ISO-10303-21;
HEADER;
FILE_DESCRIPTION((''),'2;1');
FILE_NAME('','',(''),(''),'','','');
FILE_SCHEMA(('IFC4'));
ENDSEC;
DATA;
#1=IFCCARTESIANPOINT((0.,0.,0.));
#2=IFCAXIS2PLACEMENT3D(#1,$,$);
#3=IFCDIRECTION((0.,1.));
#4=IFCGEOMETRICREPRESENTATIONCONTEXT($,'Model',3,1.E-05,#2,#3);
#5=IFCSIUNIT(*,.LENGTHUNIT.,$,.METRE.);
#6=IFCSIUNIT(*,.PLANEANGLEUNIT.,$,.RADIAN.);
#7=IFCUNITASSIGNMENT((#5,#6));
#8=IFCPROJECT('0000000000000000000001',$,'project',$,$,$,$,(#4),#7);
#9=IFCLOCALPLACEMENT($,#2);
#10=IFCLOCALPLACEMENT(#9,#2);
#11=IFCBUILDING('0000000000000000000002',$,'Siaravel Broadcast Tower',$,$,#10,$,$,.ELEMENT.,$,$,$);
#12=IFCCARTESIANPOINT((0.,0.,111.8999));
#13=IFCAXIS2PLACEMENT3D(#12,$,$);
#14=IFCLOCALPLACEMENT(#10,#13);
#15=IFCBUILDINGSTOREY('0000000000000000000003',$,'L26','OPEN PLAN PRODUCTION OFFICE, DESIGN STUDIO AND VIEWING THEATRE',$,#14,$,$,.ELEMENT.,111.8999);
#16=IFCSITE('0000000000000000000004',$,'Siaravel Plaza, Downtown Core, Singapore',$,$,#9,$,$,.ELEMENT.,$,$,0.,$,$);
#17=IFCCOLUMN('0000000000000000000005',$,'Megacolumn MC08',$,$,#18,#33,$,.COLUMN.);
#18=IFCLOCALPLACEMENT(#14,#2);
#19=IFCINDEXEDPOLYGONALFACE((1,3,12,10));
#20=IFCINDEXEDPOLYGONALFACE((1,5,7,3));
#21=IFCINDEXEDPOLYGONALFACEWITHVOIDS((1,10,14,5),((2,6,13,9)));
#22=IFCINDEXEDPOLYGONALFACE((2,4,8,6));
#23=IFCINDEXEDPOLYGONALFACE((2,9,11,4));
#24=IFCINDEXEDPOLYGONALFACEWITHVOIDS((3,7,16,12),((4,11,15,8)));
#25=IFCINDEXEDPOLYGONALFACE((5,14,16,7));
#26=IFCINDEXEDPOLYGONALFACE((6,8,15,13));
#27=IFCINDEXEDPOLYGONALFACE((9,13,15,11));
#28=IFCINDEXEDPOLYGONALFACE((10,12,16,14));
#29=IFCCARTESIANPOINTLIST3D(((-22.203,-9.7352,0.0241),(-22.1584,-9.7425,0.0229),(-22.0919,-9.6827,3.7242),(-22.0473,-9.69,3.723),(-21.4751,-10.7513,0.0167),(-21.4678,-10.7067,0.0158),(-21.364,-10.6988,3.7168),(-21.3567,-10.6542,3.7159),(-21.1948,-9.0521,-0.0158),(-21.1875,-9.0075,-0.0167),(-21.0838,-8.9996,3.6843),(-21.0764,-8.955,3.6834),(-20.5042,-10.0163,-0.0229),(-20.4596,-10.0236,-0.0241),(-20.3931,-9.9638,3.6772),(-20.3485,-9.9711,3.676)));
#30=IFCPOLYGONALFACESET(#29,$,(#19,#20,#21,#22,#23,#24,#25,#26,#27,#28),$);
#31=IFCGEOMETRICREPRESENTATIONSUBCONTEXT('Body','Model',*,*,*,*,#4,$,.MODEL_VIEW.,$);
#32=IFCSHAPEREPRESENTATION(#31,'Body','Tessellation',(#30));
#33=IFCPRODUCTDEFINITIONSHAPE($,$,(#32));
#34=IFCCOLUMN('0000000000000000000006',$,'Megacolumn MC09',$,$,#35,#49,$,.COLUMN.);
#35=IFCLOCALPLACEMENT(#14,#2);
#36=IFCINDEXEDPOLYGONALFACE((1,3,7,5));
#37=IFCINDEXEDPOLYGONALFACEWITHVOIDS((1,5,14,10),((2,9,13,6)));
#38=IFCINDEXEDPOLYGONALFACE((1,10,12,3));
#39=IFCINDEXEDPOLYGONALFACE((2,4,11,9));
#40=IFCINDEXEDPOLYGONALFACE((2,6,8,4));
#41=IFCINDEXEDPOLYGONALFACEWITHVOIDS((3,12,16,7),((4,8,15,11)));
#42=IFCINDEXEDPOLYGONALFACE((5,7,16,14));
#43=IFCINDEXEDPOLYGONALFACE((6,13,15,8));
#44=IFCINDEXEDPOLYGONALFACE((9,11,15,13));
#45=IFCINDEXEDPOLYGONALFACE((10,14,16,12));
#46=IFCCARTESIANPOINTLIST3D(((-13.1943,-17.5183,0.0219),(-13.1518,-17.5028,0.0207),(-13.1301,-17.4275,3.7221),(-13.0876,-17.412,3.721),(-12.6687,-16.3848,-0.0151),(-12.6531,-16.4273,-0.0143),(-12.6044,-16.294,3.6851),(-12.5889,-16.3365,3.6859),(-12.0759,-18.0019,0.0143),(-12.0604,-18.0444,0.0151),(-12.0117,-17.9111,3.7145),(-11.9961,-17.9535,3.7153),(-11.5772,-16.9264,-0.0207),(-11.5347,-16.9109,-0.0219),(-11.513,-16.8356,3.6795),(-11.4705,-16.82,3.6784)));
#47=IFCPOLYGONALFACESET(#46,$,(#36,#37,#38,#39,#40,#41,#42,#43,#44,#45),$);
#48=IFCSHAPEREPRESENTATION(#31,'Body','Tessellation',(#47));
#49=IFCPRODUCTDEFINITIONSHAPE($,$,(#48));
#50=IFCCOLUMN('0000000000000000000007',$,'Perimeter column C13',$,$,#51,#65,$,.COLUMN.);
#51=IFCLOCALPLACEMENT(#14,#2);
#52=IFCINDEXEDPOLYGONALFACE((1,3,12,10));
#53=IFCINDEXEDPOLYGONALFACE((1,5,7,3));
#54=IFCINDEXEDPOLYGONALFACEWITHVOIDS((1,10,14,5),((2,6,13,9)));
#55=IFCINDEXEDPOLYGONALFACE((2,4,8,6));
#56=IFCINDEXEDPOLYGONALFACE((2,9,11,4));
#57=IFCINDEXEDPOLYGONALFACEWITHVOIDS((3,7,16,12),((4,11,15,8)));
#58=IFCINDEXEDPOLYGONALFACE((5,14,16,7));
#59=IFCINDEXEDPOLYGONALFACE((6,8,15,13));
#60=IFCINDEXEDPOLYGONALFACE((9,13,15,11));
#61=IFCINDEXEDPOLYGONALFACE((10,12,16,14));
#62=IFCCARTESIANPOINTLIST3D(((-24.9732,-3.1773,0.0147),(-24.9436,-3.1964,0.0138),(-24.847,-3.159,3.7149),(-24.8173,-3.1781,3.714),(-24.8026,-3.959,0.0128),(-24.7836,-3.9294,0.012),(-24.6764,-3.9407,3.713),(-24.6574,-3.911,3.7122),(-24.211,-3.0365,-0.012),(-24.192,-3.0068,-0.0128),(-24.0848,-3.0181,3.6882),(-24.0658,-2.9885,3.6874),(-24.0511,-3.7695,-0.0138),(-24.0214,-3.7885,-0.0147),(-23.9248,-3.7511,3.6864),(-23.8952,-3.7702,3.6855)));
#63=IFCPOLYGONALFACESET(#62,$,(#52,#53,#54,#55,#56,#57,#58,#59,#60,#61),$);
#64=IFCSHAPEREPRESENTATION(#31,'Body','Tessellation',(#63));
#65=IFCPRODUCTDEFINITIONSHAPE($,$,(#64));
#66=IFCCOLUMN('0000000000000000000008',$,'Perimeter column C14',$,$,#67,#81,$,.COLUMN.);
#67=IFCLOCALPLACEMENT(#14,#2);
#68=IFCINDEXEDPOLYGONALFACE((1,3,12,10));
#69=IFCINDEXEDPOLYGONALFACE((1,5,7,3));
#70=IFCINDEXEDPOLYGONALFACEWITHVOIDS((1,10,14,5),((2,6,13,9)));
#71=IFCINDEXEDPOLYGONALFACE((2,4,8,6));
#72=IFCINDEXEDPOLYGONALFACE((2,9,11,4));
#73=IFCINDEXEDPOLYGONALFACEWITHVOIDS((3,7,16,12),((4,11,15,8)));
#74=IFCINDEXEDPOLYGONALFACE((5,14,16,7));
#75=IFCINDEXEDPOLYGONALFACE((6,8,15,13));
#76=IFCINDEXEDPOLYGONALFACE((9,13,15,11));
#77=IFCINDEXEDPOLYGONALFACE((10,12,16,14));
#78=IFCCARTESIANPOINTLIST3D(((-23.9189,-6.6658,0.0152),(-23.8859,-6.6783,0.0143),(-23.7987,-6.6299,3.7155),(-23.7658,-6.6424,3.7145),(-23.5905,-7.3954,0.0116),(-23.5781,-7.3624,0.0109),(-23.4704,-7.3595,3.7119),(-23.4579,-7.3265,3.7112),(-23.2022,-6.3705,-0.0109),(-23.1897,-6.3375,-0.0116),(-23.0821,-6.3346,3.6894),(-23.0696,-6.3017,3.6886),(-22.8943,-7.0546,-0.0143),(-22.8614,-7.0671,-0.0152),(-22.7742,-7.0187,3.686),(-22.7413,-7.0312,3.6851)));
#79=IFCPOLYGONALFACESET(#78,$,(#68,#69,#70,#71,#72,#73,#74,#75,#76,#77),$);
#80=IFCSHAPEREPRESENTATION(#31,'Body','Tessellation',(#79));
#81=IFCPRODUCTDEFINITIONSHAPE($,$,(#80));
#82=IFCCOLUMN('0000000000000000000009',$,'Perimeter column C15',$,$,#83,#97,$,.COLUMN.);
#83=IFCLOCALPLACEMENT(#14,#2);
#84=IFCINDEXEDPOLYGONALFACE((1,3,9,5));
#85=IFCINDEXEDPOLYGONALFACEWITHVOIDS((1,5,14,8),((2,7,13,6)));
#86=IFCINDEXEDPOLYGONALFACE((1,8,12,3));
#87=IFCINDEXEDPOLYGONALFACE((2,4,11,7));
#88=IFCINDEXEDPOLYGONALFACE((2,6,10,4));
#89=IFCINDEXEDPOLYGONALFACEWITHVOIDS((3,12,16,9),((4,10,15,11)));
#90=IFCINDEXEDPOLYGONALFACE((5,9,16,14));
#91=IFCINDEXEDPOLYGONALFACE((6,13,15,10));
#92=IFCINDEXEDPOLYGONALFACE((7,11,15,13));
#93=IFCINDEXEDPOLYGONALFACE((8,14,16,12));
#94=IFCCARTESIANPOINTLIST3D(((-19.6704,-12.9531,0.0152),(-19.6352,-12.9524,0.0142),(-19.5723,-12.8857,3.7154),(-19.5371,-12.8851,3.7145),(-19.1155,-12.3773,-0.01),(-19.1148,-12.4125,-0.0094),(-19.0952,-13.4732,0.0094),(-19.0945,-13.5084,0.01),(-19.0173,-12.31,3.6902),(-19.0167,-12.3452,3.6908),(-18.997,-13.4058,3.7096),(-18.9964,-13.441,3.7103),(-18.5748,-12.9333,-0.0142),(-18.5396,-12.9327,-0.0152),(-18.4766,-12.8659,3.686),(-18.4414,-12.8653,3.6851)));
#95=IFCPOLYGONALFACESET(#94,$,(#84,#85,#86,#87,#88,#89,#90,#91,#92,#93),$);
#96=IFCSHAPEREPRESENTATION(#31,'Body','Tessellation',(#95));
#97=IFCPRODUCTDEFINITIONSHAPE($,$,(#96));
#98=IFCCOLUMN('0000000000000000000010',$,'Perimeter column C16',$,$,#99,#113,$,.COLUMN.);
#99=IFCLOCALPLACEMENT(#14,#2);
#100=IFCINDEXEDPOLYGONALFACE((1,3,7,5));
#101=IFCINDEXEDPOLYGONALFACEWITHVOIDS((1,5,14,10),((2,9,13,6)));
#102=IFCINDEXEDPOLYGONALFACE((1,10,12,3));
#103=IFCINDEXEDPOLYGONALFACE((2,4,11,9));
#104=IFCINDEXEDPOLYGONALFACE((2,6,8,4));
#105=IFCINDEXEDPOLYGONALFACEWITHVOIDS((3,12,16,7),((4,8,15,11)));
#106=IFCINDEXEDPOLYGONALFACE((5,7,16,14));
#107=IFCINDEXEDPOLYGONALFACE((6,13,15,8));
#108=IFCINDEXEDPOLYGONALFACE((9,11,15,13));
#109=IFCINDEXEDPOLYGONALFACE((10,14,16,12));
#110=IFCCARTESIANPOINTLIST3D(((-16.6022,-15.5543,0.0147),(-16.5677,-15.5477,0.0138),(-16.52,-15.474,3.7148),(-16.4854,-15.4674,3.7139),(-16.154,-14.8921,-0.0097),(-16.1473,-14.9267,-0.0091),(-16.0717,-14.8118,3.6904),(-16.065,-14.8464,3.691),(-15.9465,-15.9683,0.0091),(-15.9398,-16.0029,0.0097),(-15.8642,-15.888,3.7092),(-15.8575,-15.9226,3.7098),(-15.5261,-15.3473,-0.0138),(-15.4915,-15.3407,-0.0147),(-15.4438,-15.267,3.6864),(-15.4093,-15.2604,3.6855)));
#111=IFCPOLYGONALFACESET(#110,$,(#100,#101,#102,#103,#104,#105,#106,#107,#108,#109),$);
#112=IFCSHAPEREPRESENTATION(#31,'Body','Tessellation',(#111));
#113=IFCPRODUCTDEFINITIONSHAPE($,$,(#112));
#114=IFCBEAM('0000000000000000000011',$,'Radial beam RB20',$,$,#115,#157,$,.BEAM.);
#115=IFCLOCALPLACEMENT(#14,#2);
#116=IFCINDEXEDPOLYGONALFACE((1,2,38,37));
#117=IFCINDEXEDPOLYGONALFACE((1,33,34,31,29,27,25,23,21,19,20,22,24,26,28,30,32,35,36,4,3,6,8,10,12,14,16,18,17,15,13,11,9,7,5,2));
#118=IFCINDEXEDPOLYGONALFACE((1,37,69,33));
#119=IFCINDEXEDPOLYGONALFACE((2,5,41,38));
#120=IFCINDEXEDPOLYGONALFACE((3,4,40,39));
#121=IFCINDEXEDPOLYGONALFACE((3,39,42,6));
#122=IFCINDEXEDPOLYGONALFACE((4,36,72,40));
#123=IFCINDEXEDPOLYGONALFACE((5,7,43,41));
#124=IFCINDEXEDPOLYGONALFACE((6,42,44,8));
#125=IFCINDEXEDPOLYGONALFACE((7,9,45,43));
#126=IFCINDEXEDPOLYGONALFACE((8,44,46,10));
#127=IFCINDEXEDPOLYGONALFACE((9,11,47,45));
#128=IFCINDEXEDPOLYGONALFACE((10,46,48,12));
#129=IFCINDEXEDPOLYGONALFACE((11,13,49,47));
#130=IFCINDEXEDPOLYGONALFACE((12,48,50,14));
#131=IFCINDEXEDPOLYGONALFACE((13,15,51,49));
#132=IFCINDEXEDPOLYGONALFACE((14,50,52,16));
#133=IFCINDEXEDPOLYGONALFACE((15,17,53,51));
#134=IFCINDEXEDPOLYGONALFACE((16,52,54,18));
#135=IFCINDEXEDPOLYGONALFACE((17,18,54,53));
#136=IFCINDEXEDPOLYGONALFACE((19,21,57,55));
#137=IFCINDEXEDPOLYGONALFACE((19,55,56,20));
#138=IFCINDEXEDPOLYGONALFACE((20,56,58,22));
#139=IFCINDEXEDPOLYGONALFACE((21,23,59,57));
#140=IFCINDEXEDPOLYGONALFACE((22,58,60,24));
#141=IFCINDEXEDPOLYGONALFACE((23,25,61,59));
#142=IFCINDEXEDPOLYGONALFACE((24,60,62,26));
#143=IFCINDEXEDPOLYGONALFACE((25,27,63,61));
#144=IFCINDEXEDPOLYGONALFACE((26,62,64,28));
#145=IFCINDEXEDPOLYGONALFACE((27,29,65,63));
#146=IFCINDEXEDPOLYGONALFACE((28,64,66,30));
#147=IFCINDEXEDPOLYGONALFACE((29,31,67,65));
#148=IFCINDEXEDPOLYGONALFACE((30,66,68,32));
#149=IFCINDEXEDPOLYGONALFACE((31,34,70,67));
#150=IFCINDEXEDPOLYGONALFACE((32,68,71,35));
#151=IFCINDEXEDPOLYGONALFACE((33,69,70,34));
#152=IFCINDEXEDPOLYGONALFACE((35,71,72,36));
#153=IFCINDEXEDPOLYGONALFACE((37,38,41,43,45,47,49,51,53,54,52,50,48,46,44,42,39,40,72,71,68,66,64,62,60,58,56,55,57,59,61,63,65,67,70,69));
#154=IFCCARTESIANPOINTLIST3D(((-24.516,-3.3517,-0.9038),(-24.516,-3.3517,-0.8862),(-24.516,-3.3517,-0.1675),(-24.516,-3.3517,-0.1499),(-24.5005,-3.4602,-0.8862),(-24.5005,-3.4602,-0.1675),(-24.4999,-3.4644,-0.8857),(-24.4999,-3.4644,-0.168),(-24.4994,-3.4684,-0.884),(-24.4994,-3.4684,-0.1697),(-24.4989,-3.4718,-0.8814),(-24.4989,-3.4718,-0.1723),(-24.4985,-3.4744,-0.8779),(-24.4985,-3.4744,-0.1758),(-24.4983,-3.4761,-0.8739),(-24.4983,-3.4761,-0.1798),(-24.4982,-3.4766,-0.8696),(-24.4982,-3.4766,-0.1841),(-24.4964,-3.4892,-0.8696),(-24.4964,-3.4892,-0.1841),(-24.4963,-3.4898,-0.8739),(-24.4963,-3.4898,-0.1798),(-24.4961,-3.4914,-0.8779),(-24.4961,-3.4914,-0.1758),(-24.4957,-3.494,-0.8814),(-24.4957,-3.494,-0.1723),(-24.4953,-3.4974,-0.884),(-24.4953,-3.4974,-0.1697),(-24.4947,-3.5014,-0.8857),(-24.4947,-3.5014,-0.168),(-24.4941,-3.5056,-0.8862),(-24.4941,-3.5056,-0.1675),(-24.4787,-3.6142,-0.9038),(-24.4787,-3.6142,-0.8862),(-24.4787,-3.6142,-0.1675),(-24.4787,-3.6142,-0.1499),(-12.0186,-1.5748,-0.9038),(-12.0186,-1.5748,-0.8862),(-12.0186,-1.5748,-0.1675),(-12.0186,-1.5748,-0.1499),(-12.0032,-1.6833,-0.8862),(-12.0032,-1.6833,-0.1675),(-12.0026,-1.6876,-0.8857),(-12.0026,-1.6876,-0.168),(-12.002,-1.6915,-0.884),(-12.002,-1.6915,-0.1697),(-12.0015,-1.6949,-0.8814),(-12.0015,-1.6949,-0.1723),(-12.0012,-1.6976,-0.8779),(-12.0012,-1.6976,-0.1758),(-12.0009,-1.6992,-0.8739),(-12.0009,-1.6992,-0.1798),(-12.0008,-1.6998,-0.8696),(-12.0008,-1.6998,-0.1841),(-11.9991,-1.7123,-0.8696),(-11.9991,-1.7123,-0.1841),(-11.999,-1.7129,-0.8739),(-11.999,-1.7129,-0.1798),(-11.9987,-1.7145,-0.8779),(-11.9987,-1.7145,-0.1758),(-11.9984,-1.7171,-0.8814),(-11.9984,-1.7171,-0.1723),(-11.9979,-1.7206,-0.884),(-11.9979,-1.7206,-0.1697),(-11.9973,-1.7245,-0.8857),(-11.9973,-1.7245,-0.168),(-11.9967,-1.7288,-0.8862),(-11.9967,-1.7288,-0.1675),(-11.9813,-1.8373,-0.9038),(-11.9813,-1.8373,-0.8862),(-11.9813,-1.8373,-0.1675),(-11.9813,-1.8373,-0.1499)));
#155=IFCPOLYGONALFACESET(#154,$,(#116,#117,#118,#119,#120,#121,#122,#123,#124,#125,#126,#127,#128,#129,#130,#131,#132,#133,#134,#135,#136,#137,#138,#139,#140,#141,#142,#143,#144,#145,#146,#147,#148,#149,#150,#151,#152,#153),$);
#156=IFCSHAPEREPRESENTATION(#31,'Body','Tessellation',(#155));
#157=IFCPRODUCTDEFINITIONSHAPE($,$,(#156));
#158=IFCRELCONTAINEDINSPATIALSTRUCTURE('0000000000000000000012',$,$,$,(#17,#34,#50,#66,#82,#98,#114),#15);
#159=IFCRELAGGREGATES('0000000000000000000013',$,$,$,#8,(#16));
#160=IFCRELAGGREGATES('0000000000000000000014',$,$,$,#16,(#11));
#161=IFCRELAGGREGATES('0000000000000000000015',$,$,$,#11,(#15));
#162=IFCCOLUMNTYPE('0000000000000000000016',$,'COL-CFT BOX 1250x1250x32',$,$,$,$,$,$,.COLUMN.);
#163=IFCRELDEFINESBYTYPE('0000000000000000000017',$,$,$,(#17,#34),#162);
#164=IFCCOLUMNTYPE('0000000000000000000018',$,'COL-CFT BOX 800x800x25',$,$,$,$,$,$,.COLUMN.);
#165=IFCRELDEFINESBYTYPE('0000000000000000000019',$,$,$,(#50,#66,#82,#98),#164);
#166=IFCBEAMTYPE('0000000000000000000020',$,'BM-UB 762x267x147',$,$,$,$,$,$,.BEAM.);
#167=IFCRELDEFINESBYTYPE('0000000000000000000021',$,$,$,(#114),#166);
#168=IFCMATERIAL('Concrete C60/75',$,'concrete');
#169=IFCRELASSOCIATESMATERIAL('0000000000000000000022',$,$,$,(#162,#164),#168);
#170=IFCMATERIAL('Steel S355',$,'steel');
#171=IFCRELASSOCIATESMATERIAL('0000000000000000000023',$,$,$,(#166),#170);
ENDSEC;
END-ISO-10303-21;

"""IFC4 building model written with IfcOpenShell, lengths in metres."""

from ifc_helpers import new_model, si_unit, direction, frame, origin, origin_2d, place, context, subcontext, project, spatial, hollow_rectangle, i_section, extrude, material, material_profile, profile_set, type_object, element, save


model = new_model("IFC4")

# Units and contexts
model_context = context("Model", 3, precision=1e-05, world=origin(), true_north=direction((0.0, 1.0)))
body_context = subcontext(model_context, "Body", "Model", "MODEL_VIEW")
ifc_project = project(units=[si_unit("LENGTHUNIT", "METRE"), si_unit("PLANEANGLEUNIT", "RADIAN")], contexts=[model_context])

# Site, building, storey
site_placement = place(None, origin())
site = spatial("IfcSite", under=ifc_project, at=site_placement, Name="Siaravel Plaza, Downtown Core, Singapore", CompositionType="ELEMENT", RefElevation=0.0)
building_placement = place(site_placement, origin())
building = spatial("IfcBuilding", under=site, at=building_placement, Name="Siaravel Broadcast Tower", CompositionType="ELEMENT")
storey_placement = place(building_placement, frame((0.0, 0.0, 111.8999)))
storey = spatial("IfcBuildingStorey", under=building, at=storey_placement, Name="L26", Description="OPEN PLAN PRODUCTION OFFICE, DESIGN STUDIO AND VIEWING THEATRE", CompositionType="ELEMENT", Elevation=111.8999)

# Columns
ifc_material_1 = material(Name="Concrete C60/75", Category="concrete")
ifc_material_profile_1 = material_profile(ifc_material_1, hollow_rectangle(XDim=1.25, YDim=1.25, WallThickness=0.032, at=origin_2d()))
ifc_profile_set_1 = profile_set([ifc_material_profile_1], Name="Concrete C60/75")
column_type_1 = type_object("IfcColumnType", Name="COL-CFT BOX 1250x1250x32", PredefinedType="COLUMN", material=ifc_profile_set_1)
column_1_placement = place(storey_placement, frame((-21.3313, -9.8794, 0.0), z_axis=(0.030005, 0.014178, 0.999449), x_axis=(-0.582304, 0.81295, 0.005949)))
element("IfcColumn", 1, at=column_1_placement, inside=storey, type_object=column_type_1, Name="Megacolumn MC08", PredefinedType="COLUMN", context=body_context, shape_type="SweptSolid", body=[
    extrude(hollow_rectangle(XDim=1.25, YDim=1.25, WallThickness=0.032, at=origin_2d()), origin(), (0.0, 0.0, 1.0), 3.7021),
])
column_2_placement = place(storey_placement, frame((-12.3645, -17.2146, 0.0), z_axis=(0.017345, 0.024534, 0.999549), x_axis=(-0.90713, 0.420816, 0.005412)))
element("IfcColumn", 2, at=column_2_placement, inside=storey, type_object=column_type_1, Name="Megacolumn MC09", PredefinedType="COLUMN", context=body_context, shape_type="SweptSolid", body=[
    extrude(hollow_rectangle(XDim=1.25, YDim=1.25, WallThickness=0.032, at=origin_2d()), origin(), (0.0, 0.0, 1.0), 3.7019),
])
ifc_material_profile_2 = material_profile(ifc_material_1, hollow_rectangle(XDim=0.8, YDim=0.8, WallThickness=0.0249, at=origin_2d()))
ifc_profile_set_2 = profile_set([ifc_material_profile_2], Name="Concrete C60/75")
column_type_2 = type_object("IfcColumnType", Name="COL-CFT BOX 800x800x25", PredefinedType="COLUMN", material=ifc_profile_set_2)
for number, where, z_axis, x_axis, name in (
    (3, (-24.4973, -3.4829, 0.0), (0.034092, 0.004946, 0.999406), (-0.21318, 0.97701, 0.002437), "Perimeter column C13"),
    (4, (-23.3901, -6.8665, 0.0), (0.032444, 0.009694, 0.999427), (-0.410378, 0.911905, 0.004477), "Perimeter column C14"),
):
    element("IfcColumn", number, at=place(storey_placement, frame(where, z_axis=z_axis, x_axis=x_axis)), inside=storey, type_object=column_type_2, Name=name, PredefinedType="COLUMN", context=body_context, shape_type="SweptSolid", body=[
        extrude(hollow_rectangle(XDim=0.8, YDim=0.8, WallThickness=0.0249, at=origin_2d()), origin(), (0.0, 0.0, 1.0), 3.7024),
    ])
column_3_placement = place(storey_placement, frame((-19.105, -12.9429, 0.0), z_axis=(0.02651, 0.018201, 0.999483), x_axis=(-0.719826, 0.694124, 0.006452)))
element("IfcColumn", 5, at=column_3_placement, inside=storey, type_object=column_type_2, Name="Perimeter column C15", PredefinedType="COLUMN", context=body_context, shape_type="SweptSolid", body=[
    extrude(hollow_rectangle(XDim=0.8, YDim=0.8, WallThickness=0.0249, at=origin_2d()), origin(), (0.0, 0.0, 1.0), 3.7021),
])
column_4_placement = place(storey_placement, frame((-16.0469, -15.4475, 0.0), z_axis=(0.022225, 0.021697, 0.999518), x_axis=(-0.827999, 0.560695, 0.00624)))
element("IfcColumn", 6, at=column_4_placement, inside=storey, type_object=column_type_2, Name="Perimeter column C16", PredefinedType="COLUMN", context=body_context, shape_type="SweptSolid", body=[
    extrude(hollow_rectangle(XDim=0.8, YDim=0.8, WallThickness=0.0249, at=origin_2d()), origin(), (0.0, 0.0, 1.0), 3.7019),
])

# Beam
ifc_material_2 = material(Name="Steel S355", Category="steel")
ifc_material_profile_3 = material_profile(ifc_material_2, i_section(OverallWidth=0.2651, OverallDepth=0.7539, WebThickness=0.0127, FlangeThickness=0.0176, FilletRadius=0.0166, at=origin_2d()))
ifc_profile_set_3 = profile_set([ifc_material_profile_3], Name="Steel S355")
beam_type = type_object("IfcBeamType", Name="BM-UB 762x267x147", PredefinedType="BEAM", material=ifc_profile_set_3)
beam_1_placement = place(storey_placement, frame((-24.4973, -3.4829, -0.5269), z_axis=(0.990043, 0.140763, 0.0), x_axis=(-0.140763, 0.990043, 0.0)))
element("IfcBeam", 7, at=beam_1_placement, inside=storey, type_object=beam_type, Name="Radial beam RB20", PredefinedType="BEAM", context=body_context, shape_type="SweptSolid", body=[
    extrude(i_section(OverallWidth=0.2651, OverallDepth=0.7539, WebThickness=0.0127, FlangeThickness=0.0176, FilletRadius=0.0166, at=origin_2d()), origin(), (0.0, 0.0, 1.0), 12.623),
])

save(model, "model.ifc")
